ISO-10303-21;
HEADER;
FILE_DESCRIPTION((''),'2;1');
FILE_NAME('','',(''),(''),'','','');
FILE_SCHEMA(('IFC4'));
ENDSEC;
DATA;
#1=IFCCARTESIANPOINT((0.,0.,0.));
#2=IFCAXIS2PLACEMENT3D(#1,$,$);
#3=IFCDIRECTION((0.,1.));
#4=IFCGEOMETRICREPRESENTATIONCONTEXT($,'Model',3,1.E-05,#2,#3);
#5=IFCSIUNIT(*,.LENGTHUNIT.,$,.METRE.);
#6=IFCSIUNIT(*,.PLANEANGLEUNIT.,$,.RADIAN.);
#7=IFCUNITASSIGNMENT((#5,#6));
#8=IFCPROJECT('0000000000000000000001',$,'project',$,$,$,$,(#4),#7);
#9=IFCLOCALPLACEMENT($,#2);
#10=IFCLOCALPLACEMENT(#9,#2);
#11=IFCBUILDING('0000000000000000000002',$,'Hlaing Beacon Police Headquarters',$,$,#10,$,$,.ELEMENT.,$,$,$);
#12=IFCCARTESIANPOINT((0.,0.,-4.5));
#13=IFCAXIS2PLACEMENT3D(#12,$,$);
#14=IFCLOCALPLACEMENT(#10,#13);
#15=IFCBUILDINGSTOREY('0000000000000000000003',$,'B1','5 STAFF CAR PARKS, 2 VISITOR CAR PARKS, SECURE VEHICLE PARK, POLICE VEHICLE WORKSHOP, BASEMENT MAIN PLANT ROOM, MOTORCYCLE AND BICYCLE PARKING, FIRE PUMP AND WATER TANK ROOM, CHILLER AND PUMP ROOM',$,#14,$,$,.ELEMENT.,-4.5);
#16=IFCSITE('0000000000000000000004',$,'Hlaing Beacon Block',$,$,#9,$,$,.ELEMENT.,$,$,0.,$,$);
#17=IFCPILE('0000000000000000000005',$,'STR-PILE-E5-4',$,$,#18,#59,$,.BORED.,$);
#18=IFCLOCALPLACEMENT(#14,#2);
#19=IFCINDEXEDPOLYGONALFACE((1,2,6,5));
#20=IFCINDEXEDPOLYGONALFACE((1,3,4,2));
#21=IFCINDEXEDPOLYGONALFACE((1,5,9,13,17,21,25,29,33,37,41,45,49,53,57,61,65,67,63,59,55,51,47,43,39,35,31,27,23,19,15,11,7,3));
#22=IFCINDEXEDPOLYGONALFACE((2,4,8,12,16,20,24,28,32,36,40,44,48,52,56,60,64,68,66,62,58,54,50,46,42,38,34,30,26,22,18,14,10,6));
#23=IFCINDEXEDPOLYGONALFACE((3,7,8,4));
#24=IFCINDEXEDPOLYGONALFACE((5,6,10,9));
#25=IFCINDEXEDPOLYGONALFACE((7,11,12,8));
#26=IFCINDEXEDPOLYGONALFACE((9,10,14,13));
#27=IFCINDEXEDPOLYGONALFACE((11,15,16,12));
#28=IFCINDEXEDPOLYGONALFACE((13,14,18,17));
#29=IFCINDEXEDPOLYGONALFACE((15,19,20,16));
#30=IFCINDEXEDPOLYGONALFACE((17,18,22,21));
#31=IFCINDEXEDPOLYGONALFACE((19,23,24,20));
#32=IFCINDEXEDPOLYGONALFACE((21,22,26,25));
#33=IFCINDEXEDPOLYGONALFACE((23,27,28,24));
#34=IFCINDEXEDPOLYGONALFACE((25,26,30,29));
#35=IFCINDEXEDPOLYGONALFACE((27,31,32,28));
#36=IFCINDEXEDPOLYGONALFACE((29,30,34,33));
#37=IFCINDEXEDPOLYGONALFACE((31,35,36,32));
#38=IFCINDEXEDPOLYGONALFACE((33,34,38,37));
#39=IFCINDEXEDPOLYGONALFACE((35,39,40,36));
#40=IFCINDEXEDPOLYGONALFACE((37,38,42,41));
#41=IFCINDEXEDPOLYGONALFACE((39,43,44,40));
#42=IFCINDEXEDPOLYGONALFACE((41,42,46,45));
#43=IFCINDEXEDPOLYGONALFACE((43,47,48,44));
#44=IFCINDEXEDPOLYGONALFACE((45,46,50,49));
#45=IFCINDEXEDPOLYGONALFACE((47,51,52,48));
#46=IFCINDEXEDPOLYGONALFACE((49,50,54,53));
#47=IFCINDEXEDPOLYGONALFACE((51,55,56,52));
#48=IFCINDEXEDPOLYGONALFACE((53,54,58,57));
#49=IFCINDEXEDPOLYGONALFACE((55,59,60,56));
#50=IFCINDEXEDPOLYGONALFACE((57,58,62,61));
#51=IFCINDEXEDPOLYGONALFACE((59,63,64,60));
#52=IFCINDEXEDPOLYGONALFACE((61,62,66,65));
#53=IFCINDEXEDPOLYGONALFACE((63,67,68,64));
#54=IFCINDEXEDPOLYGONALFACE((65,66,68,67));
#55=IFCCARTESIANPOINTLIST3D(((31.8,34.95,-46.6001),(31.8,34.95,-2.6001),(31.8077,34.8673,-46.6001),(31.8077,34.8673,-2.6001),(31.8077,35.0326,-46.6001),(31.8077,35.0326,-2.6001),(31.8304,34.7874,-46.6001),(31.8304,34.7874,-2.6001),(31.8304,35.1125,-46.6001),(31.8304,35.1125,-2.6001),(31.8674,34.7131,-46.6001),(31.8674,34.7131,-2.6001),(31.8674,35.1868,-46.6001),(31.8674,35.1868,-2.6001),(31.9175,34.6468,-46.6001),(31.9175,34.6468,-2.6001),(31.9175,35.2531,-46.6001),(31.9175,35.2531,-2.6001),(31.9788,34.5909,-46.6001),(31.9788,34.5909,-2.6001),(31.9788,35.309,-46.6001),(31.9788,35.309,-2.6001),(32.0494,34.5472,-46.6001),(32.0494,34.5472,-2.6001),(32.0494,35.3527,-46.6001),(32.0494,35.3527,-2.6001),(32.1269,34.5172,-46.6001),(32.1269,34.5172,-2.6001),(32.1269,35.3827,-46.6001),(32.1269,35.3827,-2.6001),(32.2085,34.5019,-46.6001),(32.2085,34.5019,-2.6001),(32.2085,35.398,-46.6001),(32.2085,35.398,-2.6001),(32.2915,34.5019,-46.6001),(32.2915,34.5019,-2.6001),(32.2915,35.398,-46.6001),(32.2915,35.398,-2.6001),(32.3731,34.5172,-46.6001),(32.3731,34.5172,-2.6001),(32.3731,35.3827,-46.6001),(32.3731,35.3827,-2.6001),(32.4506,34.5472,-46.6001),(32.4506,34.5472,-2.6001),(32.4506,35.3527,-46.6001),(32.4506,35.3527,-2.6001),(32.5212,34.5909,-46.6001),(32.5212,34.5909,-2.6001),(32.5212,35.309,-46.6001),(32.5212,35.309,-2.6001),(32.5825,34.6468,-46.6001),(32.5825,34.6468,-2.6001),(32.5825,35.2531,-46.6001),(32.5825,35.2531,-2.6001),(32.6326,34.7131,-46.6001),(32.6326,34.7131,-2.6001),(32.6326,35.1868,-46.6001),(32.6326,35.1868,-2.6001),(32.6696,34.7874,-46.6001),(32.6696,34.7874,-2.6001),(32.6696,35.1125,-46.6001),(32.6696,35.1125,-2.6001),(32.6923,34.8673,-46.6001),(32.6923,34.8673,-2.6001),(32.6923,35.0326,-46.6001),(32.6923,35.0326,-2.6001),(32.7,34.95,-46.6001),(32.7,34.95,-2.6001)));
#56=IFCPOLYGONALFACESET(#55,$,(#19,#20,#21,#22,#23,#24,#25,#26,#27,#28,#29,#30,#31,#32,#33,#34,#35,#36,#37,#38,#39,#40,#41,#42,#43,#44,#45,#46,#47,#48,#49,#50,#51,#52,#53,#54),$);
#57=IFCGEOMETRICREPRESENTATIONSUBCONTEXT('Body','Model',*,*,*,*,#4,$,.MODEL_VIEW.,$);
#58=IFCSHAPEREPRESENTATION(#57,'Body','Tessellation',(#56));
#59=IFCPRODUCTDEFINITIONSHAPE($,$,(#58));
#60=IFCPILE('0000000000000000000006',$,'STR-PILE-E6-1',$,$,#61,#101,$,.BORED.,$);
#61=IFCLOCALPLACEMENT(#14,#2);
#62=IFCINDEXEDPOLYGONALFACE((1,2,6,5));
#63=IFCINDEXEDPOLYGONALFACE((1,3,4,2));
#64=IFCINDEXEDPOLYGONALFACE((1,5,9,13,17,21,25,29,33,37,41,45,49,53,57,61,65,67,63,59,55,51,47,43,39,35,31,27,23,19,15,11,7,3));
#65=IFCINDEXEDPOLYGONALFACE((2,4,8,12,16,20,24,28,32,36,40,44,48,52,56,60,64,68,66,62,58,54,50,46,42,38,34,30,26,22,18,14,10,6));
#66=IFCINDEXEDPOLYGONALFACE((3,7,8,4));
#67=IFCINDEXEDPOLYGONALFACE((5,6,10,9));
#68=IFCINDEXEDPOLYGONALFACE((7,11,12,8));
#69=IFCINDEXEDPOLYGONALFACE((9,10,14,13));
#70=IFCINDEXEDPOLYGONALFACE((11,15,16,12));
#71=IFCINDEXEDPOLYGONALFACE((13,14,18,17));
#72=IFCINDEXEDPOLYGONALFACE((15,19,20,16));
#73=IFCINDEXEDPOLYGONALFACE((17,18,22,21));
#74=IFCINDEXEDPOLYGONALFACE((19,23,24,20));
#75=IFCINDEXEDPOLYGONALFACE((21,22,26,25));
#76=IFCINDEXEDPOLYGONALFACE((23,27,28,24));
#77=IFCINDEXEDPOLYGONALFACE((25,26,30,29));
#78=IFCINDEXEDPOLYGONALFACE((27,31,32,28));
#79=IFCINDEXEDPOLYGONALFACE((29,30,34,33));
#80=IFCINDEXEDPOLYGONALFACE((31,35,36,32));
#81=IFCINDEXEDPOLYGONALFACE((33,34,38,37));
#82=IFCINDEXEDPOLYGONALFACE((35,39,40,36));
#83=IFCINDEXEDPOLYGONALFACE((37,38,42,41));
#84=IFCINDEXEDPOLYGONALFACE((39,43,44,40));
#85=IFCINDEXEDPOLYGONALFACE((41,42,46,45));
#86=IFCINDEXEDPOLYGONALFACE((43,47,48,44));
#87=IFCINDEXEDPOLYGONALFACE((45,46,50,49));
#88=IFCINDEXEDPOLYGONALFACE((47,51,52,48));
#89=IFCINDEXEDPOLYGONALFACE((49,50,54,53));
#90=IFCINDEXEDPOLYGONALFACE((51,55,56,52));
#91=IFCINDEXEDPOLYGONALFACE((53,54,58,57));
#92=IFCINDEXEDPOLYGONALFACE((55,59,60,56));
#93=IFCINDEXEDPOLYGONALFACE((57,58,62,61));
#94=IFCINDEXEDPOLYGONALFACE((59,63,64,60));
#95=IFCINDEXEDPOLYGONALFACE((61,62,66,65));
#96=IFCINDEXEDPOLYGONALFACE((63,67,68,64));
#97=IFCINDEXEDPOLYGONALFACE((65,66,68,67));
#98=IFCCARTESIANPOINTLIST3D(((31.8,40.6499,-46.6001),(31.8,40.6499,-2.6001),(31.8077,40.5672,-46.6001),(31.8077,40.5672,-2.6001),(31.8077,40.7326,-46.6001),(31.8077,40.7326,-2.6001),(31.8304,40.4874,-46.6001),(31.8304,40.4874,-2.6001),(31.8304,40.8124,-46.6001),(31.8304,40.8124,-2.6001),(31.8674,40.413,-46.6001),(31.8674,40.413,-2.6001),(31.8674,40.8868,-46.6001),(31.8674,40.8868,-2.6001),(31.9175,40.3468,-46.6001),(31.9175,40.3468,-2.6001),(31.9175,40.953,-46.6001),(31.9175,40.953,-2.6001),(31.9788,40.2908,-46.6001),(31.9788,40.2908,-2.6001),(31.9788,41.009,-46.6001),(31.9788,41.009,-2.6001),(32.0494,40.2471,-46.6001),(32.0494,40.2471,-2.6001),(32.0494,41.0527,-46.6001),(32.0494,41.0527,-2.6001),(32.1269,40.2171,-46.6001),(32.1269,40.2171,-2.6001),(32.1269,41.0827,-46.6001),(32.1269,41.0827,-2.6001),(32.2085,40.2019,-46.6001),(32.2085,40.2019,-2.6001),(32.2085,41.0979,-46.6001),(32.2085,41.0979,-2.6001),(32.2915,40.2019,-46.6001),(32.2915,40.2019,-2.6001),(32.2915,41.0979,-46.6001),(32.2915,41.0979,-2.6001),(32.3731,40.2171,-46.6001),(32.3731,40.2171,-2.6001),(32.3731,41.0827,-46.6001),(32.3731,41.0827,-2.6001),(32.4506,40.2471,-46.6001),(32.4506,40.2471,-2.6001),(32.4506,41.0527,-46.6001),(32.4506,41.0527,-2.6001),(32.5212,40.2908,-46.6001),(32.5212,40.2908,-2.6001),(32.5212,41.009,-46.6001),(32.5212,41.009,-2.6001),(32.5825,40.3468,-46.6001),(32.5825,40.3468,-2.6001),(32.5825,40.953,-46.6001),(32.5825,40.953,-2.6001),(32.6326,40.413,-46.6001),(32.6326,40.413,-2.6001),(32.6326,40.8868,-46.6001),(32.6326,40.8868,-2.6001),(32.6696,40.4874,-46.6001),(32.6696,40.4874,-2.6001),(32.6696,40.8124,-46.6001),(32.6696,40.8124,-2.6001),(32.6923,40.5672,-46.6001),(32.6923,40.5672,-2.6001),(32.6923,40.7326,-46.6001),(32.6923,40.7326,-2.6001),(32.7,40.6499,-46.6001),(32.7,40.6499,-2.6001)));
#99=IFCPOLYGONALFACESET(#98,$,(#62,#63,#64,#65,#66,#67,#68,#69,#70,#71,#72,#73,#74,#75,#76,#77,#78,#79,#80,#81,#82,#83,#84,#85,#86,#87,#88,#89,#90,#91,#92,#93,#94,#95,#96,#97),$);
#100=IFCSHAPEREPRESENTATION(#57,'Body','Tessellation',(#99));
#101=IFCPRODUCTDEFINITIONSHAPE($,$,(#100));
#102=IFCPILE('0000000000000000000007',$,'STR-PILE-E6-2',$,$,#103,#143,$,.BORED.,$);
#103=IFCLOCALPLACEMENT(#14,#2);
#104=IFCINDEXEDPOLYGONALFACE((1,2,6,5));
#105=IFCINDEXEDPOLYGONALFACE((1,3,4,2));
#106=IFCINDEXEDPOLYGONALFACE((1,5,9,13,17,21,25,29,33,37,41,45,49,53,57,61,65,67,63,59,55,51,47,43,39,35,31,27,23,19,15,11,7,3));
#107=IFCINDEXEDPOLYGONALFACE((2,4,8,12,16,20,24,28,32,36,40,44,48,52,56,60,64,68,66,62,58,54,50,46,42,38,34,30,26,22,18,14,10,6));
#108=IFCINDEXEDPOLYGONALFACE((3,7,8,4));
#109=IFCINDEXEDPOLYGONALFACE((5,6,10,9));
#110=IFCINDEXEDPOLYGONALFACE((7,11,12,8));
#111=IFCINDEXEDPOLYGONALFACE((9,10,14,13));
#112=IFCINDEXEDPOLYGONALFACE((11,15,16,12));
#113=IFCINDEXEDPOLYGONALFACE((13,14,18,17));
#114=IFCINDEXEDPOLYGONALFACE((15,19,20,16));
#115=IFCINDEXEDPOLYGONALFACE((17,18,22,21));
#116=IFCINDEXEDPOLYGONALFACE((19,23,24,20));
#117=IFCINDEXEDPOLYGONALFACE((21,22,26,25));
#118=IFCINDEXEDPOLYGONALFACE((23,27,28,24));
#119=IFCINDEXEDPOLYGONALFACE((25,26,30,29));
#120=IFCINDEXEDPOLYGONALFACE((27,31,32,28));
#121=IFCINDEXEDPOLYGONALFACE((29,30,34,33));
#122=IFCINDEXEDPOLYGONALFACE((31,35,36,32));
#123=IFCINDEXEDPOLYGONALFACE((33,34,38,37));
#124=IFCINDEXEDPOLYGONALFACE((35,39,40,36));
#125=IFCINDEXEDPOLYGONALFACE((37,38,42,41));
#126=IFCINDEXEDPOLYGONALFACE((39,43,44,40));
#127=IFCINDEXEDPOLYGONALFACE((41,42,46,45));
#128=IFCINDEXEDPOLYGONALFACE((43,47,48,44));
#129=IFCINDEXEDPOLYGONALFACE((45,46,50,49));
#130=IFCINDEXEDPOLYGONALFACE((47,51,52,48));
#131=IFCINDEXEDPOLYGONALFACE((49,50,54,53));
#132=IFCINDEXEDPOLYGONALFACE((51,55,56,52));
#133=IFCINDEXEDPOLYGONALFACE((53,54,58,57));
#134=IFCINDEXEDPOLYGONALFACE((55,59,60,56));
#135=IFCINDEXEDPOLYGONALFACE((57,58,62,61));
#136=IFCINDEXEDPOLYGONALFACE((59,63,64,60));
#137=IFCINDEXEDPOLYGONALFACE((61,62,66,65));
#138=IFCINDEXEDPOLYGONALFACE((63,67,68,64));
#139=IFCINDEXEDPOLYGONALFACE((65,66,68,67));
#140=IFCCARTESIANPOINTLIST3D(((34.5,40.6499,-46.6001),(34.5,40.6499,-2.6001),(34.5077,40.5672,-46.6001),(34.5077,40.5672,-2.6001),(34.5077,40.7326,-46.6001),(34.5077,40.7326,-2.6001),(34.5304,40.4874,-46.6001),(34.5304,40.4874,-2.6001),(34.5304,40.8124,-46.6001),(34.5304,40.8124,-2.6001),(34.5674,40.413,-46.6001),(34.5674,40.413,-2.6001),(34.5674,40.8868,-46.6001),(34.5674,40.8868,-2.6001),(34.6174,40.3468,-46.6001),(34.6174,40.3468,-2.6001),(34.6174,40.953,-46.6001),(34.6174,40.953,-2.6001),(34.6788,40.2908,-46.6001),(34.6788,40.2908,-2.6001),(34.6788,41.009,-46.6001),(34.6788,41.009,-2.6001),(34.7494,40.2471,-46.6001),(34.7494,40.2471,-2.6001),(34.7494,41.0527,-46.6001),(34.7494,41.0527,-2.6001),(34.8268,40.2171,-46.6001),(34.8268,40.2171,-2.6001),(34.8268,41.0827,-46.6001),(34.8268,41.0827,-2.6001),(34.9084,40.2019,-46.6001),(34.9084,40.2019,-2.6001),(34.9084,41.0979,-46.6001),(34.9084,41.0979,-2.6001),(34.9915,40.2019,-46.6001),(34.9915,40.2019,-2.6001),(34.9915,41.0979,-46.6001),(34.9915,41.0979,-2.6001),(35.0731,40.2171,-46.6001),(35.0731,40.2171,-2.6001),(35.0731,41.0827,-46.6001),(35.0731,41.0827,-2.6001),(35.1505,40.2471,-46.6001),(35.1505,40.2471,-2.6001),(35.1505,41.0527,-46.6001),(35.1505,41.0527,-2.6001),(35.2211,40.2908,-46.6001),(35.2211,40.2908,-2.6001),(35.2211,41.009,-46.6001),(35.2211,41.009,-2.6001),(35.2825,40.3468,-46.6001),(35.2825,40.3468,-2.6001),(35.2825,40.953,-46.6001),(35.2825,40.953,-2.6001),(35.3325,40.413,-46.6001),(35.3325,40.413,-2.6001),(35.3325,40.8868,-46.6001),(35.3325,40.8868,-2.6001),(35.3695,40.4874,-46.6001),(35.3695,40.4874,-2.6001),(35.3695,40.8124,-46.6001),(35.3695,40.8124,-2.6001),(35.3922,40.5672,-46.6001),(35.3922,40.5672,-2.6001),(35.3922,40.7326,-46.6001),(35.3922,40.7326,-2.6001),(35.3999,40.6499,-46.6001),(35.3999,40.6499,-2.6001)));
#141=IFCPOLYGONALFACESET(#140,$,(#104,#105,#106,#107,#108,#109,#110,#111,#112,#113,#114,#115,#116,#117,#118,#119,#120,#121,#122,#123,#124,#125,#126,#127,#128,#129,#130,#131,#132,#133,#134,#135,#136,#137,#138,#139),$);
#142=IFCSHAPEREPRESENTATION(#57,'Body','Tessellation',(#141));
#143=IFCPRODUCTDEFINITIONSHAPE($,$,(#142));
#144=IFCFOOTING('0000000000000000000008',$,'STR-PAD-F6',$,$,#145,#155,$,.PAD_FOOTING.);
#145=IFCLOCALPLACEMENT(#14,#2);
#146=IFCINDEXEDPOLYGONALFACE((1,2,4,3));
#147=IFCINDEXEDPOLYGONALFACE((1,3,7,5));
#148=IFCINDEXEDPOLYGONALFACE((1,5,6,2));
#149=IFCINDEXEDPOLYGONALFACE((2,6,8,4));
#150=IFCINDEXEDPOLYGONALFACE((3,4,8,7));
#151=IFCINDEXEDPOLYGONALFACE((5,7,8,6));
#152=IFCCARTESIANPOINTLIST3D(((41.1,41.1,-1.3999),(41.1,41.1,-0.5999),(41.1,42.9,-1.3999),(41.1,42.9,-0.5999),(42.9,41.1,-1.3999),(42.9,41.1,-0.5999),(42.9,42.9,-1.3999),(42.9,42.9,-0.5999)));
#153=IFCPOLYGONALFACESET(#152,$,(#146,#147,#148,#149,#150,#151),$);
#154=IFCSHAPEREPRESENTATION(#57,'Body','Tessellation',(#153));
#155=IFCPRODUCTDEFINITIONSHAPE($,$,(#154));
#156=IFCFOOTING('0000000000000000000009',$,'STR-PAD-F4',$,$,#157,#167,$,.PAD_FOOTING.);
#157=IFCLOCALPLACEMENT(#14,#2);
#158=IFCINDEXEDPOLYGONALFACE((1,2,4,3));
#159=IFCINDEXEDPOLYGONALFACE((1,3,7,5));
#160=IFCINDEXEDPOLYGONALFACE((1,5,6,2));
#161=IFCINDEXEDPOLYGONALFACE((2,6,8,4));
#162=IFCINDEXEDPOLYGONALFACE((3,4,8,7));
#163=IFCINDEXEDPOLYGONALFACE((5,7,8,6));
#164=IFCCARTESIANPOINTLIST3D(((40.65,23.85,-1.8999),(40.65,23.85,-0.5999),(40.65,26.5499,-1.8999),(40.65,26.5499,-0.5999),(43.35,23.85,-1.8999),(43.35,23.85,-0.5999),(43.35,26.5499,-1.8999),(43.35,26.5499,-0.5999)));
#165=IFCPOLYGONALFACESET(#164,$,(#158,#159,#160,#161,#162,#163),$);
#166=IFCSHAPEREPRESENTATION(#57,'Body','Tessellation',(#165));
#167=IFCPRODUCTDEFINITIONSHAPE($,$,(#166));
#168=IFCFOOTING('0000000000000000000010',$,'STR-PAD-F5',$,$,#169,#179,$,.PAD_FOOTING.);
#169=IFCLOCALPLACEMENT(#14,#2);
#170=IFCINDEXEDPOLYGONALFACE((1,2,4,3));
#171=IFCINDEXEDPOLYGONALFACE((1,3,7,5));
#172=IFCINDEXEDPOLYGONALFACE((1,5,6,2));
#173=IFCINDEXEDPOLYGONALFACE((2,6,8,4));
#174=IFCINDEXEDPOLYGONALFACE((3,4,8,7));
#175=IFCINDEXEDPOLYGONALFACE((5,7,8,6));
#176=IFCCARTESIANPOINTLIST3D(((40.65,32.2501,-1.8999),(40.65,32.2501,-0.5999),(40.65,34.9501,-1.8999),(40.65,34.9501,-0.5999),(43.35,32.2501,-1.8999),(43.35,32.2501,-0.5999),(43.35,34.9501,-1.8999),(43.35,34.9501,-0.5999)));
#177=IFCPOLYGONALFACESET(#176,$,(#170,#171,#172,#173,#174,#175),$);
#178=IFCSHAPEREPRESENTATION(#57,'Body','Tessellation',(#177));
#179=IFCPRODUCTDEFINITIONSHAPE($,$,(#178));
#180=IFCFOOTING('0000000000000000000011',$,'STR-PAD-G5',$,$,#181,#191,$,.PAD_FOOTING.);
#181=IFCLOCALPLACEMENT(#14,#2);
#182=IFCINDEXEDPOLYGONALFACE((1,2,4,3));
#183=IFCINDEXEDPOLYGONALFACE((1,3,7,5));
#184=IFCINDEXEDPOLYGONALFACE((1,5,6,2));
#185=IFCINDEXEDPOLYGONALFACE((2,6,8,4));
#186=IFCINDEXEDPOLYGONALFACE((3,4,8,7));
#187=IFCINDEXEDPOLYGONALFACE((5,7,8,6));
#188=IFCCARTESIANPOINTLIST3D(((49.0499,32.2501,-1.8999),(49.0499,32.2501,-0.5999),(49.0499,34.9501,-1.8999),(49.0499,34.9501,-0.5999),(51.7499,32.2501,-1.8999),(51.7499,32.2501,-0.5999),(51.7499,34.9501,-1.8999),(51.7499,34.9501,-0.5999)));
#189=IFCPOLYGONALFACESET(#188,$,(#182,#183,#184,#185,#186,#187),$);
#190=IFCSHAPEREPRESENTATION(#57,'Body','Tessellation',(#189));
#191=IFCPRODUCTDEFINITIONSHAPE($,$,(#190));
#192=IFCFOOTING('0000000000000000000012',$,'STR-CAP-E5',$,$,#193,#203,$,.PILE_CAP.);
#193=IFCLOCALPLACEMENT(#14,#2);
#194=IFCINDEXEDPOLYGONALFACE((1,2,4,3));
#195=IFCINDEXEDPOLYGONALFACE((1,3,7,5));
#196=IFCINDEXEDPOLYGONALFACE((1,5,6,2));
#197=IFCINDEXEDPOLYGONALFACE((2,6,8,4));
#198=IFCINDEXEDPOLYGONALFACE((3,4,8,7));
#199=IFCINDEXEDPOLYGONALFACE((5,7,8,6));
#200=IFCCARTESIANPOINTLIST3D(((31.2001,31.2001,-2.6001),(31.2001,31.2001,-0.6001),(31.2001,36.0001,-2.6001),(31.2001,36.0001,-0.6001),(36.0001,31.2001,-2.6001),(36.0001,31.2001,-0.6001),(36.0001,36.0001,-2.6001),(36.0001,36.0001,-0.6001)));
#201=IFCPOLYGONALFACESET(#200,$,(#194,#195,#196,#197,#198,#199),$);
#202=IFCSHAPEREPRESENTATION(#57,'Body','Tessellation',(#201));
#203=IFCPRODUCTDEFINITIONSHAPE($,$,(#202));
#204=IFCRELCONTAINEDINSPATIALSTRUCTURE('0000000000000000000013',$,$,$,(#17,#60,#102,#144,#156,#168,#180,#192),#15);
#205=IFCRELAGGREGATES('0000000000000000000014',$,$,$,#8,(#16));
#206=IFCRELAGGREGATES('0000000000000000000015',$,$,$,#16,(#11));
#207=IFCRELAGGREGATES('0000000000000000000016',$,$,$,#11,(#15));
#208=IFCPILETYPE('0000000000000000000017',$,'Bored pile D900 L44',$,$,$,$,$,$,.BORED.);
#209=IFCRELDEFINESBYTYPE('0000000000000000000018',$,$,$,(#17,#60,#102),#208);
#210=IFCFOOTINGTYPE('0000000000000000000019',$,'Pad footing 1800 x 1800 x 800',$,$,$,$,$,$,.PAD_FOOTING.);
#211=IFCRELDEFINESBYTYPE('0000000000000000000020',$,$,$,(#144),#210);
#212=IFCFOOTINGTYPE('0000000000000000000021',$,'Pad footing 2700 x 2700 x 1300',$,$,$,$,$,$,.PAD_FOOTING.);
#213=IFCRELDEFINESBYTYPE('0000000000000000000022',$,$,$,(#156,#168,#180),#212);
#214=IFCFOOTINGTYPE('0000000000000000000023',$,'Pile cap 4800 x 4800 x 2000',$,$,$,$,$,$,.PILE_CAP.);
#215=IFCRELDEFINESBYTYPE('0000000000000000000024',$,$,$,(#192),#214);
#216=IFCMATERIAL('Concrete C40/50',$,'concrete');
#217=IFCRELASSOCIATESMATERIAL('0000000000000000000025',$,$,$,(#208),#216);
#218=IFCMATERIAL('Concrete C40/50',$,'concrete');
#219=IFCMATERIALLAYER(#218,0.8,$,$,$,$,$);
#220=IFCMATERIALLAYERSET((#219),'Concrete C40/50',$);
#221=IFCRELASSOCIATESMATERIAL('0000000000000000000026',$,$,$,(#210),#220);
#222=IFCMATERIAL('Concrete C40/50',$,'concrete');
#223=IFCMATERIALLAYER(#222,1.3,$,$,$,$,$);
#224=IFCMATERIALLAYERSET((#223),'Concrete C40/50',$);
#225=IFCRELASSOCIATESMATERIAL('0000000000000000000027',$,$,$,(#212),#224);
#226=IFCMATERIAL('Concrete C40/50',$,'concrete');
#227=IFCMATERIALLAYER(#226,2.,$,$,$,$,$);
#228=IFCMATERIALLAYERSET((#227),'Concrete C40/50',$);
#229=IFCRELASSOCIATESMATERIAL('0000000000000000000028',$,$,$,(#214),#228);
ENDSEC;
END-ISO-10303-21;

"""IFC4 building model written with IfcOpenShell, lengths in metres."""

from ifc_helpers import new_model, si_unit, direction, frame, origin, origin_2d, place, context, subcontext, project, spatial, rectangle, circle, extrude, material, layer, layer_set, material_profile, profile_set, type_object, element, save


model = new_model("IFC4")

# Units and contexts
model_context = context("Model", 3, precision=1e-05, world=origin(), true_north=direction((0.0, 1.0)))
body_context = subcontext(model_context, "Body", "Model", "MODEL_VIEW")
ifc_project = project(units=[si_unit("LENGTHUNIT", "METRE"), si_unit("PLANEANGLEUNIT", "RADIAN")], contexts=[model_context])

# Site, building, storey
site_placement = place(None, origin())
site = spatial("IfcSite", under=ifc_project, at=site_placement, Name="Hlaing Beacon Block", CompositionType="ELEMENT", RefElevation=0.0)
building_placement = place(site_placement, origin())
building = spatial("IfcBuilding", under=site, at=building_placement, Name="Hlaing Beacon Police Headquarters", CompositionType="ELEMENT")
storey_placement = place(building_placement, frame((0.0, 0.0, -4.5)))
storey = spatial("IfcBuildingStorey", under=building, at=storey_placement, Name="B1", Description="5 STAFF CAR PARKS, 2 VISITOR CAR PARKS, SECURE VEHICLE PARK, POLICE VEHICLE WORKSHOP, BASEMENT MAIN PLANT ROOM, MOTORCYCLE AND BICYCLE PARKING, FIRE PUMP AND WATER TANK ROOM, CHILLER AND PUMP ROOM", CompositionType="ELEMENT", Elevation=-4.5)

# Piles
ifc_material_1 = material(Name="Concrete C40/50", Category="concrete")
ifc_material_profile_1 = material_profile(ifc_material_1, circle(Radius=0.45, at=origin_2d()), Name="D900")
ifc_profile_set_1 = profile_set([ifc_material_profile_1], Name="Concrete C40/50")
pile_type_1 = type_object("IfcPileType", Name="Bored pile D900 L44", PredefinedType="BORED", material=ifc_profile_set_1)
for number, where, z_axis, x_axis, name in (
    (1, (32.25, 34.95, -2.6001), (0.0, 0.0, -1.0), (1.0, 0.0, 0.0), "STR-PILE-E5-4"),
    (2, (32.25, 40.6499, -2.6001), (0.0, 0.0, -1.0), (1.0, 0.0, 0.0), "STR-PILE-E6-1"),
    (3, (34.95, 40.6499, -2.6001), (0.0, 0.0, -1.0), (1.0, 0.0, 0.0), "STR-PILE-E6-2"),
):
    element("IfcPile", number, at=place(storey_placement, frame(where, z_axis=z_axis, x_axis=x_axis)), inside=storey, type_object=pile_type_1, Name=name, PredefinedType="BORED", context=body_context, shape_type="SweptSolid", body=[
        extrude(circle(Radius=0.45, at=origin_2d()), origin(), (0.0, 0.0, 1.0), 44.0),
    ])

# Footings
ifc_material_2 = material(Name="Concrete C40/50", Category="concrete")
ifc_layer_1 = layer(ifc_material_2, 0.8)
ifc_layer_set_1 = layer_set([ifc_layer_1], Name="Concrete C40/50")
footing_type_1 = type_object("IfcFootingType", Name="Pad footing 1800 x 1800 x 800", PredefinedType="PAD_FOOTING", material=ifc_layer_set_1)
footing_1_placement = place(storey_placement, frame((42.0, 42.0, -1.3999), z_axis=(0.0, 0.0, 1.0), x_axis=(1.0, 0.0, 0.0)))
element("IfcFooting", 4, at=footing_1_placement, inside=storey, type_object=footing_type_1, Name="STR-PAD-F6", PredefinedType="PAD_FOOTING", context=body_context, shape_type="SweptSolid", body=[
    extrude(rectangle(XDim=1.8, YDim=1.8, at=origin_2d()), origin(), (0.0, 0.0, 1.0), 0.8),
])
ifc_material_3 = material(Name="Concrete C40/50", Category="concrete")
ifc_layer_2 = layer(ifc_material_3, 1.3)
ifc_layer_set_2 = layer_set([ifc_layer_2], Name="Concrete C40/50")
footing_type_2 = type_object("IfcFootingType", Name="Pad footing 2700 x 2700 x 1300", PredefinedType="PAD_FOOTING", material=ifc_layer_set_2)
for number, where, z_axis, x_axis, name in (
    (5, (42.0, 25.2, -1.8999), (0.0, 0.0, 1.0), (1.0, 0.0, 0.0), "STR-PAD-F4"),
    (6, (42.0, 33.6001, -1.8999), (0.0, 0.0, 1.0), (1.0, 0.0, 0.0), "STR-PAD-F5"),
    (7, (50.3999, 33.6001, -1.8999), (0.0, 0.0, 1.0), (1.0, 0.0, 0.0), "STR-PAD-G5"),
):
    element("IfcFooting", number, at=place(storey_placement, frame(where, z_axis=z_axis, x_axis=x_axis)), inside=storey, type_object=footing_type_2, Name=name, PredefinedType="PAD_FOOTING", context=body_context, shape_type="SweptSolid", body=[
        extrude(rectangle(XDim=2.7, YDim=2.7, at=origin_2d()), origin(), (0.0, 0.0, 1.0), 1.3),
    ])
ifc_material_4 = material(Name="Concrete C40/50", Category="concrete")
ifc_layer_3 = layer(ifc_material_4, 2.0)
ifc_layer_set_3 = layer_set([ifc_layer_3], Name="Concrete C40/50")
footing_type_3 = type_object("IfcFootingType", Name="Pile cap 4800 x 4800 x 2000", PredefinedType="PILE_CAP", material=ifc_layer_set_3)
for number, where, z_axis, x_axis, name in (
    (8, (33.6001, 33.6001, -2.6001), (0.0, 0.0, 1.0), (1.0, 0.0, 0.0), "STR-CAP-E5"),
):
    element("IfcFooting", number, at=place(storey_placement, frame(where, z_axis=z_axis, x_axis=x_axis)), inside=storey, type_object=footing_type_3, Name=name, PredefinedType="PILE_CAP", context=body_context, shape_type="SweptSolid", body=[
        extrude(rectangle(XDim=4.8, YDim=4.8, at=origin_2d()), origin(), (0.0, 0.0, 1.0), 2.0),
    ])

save(model, "model.ifc")
